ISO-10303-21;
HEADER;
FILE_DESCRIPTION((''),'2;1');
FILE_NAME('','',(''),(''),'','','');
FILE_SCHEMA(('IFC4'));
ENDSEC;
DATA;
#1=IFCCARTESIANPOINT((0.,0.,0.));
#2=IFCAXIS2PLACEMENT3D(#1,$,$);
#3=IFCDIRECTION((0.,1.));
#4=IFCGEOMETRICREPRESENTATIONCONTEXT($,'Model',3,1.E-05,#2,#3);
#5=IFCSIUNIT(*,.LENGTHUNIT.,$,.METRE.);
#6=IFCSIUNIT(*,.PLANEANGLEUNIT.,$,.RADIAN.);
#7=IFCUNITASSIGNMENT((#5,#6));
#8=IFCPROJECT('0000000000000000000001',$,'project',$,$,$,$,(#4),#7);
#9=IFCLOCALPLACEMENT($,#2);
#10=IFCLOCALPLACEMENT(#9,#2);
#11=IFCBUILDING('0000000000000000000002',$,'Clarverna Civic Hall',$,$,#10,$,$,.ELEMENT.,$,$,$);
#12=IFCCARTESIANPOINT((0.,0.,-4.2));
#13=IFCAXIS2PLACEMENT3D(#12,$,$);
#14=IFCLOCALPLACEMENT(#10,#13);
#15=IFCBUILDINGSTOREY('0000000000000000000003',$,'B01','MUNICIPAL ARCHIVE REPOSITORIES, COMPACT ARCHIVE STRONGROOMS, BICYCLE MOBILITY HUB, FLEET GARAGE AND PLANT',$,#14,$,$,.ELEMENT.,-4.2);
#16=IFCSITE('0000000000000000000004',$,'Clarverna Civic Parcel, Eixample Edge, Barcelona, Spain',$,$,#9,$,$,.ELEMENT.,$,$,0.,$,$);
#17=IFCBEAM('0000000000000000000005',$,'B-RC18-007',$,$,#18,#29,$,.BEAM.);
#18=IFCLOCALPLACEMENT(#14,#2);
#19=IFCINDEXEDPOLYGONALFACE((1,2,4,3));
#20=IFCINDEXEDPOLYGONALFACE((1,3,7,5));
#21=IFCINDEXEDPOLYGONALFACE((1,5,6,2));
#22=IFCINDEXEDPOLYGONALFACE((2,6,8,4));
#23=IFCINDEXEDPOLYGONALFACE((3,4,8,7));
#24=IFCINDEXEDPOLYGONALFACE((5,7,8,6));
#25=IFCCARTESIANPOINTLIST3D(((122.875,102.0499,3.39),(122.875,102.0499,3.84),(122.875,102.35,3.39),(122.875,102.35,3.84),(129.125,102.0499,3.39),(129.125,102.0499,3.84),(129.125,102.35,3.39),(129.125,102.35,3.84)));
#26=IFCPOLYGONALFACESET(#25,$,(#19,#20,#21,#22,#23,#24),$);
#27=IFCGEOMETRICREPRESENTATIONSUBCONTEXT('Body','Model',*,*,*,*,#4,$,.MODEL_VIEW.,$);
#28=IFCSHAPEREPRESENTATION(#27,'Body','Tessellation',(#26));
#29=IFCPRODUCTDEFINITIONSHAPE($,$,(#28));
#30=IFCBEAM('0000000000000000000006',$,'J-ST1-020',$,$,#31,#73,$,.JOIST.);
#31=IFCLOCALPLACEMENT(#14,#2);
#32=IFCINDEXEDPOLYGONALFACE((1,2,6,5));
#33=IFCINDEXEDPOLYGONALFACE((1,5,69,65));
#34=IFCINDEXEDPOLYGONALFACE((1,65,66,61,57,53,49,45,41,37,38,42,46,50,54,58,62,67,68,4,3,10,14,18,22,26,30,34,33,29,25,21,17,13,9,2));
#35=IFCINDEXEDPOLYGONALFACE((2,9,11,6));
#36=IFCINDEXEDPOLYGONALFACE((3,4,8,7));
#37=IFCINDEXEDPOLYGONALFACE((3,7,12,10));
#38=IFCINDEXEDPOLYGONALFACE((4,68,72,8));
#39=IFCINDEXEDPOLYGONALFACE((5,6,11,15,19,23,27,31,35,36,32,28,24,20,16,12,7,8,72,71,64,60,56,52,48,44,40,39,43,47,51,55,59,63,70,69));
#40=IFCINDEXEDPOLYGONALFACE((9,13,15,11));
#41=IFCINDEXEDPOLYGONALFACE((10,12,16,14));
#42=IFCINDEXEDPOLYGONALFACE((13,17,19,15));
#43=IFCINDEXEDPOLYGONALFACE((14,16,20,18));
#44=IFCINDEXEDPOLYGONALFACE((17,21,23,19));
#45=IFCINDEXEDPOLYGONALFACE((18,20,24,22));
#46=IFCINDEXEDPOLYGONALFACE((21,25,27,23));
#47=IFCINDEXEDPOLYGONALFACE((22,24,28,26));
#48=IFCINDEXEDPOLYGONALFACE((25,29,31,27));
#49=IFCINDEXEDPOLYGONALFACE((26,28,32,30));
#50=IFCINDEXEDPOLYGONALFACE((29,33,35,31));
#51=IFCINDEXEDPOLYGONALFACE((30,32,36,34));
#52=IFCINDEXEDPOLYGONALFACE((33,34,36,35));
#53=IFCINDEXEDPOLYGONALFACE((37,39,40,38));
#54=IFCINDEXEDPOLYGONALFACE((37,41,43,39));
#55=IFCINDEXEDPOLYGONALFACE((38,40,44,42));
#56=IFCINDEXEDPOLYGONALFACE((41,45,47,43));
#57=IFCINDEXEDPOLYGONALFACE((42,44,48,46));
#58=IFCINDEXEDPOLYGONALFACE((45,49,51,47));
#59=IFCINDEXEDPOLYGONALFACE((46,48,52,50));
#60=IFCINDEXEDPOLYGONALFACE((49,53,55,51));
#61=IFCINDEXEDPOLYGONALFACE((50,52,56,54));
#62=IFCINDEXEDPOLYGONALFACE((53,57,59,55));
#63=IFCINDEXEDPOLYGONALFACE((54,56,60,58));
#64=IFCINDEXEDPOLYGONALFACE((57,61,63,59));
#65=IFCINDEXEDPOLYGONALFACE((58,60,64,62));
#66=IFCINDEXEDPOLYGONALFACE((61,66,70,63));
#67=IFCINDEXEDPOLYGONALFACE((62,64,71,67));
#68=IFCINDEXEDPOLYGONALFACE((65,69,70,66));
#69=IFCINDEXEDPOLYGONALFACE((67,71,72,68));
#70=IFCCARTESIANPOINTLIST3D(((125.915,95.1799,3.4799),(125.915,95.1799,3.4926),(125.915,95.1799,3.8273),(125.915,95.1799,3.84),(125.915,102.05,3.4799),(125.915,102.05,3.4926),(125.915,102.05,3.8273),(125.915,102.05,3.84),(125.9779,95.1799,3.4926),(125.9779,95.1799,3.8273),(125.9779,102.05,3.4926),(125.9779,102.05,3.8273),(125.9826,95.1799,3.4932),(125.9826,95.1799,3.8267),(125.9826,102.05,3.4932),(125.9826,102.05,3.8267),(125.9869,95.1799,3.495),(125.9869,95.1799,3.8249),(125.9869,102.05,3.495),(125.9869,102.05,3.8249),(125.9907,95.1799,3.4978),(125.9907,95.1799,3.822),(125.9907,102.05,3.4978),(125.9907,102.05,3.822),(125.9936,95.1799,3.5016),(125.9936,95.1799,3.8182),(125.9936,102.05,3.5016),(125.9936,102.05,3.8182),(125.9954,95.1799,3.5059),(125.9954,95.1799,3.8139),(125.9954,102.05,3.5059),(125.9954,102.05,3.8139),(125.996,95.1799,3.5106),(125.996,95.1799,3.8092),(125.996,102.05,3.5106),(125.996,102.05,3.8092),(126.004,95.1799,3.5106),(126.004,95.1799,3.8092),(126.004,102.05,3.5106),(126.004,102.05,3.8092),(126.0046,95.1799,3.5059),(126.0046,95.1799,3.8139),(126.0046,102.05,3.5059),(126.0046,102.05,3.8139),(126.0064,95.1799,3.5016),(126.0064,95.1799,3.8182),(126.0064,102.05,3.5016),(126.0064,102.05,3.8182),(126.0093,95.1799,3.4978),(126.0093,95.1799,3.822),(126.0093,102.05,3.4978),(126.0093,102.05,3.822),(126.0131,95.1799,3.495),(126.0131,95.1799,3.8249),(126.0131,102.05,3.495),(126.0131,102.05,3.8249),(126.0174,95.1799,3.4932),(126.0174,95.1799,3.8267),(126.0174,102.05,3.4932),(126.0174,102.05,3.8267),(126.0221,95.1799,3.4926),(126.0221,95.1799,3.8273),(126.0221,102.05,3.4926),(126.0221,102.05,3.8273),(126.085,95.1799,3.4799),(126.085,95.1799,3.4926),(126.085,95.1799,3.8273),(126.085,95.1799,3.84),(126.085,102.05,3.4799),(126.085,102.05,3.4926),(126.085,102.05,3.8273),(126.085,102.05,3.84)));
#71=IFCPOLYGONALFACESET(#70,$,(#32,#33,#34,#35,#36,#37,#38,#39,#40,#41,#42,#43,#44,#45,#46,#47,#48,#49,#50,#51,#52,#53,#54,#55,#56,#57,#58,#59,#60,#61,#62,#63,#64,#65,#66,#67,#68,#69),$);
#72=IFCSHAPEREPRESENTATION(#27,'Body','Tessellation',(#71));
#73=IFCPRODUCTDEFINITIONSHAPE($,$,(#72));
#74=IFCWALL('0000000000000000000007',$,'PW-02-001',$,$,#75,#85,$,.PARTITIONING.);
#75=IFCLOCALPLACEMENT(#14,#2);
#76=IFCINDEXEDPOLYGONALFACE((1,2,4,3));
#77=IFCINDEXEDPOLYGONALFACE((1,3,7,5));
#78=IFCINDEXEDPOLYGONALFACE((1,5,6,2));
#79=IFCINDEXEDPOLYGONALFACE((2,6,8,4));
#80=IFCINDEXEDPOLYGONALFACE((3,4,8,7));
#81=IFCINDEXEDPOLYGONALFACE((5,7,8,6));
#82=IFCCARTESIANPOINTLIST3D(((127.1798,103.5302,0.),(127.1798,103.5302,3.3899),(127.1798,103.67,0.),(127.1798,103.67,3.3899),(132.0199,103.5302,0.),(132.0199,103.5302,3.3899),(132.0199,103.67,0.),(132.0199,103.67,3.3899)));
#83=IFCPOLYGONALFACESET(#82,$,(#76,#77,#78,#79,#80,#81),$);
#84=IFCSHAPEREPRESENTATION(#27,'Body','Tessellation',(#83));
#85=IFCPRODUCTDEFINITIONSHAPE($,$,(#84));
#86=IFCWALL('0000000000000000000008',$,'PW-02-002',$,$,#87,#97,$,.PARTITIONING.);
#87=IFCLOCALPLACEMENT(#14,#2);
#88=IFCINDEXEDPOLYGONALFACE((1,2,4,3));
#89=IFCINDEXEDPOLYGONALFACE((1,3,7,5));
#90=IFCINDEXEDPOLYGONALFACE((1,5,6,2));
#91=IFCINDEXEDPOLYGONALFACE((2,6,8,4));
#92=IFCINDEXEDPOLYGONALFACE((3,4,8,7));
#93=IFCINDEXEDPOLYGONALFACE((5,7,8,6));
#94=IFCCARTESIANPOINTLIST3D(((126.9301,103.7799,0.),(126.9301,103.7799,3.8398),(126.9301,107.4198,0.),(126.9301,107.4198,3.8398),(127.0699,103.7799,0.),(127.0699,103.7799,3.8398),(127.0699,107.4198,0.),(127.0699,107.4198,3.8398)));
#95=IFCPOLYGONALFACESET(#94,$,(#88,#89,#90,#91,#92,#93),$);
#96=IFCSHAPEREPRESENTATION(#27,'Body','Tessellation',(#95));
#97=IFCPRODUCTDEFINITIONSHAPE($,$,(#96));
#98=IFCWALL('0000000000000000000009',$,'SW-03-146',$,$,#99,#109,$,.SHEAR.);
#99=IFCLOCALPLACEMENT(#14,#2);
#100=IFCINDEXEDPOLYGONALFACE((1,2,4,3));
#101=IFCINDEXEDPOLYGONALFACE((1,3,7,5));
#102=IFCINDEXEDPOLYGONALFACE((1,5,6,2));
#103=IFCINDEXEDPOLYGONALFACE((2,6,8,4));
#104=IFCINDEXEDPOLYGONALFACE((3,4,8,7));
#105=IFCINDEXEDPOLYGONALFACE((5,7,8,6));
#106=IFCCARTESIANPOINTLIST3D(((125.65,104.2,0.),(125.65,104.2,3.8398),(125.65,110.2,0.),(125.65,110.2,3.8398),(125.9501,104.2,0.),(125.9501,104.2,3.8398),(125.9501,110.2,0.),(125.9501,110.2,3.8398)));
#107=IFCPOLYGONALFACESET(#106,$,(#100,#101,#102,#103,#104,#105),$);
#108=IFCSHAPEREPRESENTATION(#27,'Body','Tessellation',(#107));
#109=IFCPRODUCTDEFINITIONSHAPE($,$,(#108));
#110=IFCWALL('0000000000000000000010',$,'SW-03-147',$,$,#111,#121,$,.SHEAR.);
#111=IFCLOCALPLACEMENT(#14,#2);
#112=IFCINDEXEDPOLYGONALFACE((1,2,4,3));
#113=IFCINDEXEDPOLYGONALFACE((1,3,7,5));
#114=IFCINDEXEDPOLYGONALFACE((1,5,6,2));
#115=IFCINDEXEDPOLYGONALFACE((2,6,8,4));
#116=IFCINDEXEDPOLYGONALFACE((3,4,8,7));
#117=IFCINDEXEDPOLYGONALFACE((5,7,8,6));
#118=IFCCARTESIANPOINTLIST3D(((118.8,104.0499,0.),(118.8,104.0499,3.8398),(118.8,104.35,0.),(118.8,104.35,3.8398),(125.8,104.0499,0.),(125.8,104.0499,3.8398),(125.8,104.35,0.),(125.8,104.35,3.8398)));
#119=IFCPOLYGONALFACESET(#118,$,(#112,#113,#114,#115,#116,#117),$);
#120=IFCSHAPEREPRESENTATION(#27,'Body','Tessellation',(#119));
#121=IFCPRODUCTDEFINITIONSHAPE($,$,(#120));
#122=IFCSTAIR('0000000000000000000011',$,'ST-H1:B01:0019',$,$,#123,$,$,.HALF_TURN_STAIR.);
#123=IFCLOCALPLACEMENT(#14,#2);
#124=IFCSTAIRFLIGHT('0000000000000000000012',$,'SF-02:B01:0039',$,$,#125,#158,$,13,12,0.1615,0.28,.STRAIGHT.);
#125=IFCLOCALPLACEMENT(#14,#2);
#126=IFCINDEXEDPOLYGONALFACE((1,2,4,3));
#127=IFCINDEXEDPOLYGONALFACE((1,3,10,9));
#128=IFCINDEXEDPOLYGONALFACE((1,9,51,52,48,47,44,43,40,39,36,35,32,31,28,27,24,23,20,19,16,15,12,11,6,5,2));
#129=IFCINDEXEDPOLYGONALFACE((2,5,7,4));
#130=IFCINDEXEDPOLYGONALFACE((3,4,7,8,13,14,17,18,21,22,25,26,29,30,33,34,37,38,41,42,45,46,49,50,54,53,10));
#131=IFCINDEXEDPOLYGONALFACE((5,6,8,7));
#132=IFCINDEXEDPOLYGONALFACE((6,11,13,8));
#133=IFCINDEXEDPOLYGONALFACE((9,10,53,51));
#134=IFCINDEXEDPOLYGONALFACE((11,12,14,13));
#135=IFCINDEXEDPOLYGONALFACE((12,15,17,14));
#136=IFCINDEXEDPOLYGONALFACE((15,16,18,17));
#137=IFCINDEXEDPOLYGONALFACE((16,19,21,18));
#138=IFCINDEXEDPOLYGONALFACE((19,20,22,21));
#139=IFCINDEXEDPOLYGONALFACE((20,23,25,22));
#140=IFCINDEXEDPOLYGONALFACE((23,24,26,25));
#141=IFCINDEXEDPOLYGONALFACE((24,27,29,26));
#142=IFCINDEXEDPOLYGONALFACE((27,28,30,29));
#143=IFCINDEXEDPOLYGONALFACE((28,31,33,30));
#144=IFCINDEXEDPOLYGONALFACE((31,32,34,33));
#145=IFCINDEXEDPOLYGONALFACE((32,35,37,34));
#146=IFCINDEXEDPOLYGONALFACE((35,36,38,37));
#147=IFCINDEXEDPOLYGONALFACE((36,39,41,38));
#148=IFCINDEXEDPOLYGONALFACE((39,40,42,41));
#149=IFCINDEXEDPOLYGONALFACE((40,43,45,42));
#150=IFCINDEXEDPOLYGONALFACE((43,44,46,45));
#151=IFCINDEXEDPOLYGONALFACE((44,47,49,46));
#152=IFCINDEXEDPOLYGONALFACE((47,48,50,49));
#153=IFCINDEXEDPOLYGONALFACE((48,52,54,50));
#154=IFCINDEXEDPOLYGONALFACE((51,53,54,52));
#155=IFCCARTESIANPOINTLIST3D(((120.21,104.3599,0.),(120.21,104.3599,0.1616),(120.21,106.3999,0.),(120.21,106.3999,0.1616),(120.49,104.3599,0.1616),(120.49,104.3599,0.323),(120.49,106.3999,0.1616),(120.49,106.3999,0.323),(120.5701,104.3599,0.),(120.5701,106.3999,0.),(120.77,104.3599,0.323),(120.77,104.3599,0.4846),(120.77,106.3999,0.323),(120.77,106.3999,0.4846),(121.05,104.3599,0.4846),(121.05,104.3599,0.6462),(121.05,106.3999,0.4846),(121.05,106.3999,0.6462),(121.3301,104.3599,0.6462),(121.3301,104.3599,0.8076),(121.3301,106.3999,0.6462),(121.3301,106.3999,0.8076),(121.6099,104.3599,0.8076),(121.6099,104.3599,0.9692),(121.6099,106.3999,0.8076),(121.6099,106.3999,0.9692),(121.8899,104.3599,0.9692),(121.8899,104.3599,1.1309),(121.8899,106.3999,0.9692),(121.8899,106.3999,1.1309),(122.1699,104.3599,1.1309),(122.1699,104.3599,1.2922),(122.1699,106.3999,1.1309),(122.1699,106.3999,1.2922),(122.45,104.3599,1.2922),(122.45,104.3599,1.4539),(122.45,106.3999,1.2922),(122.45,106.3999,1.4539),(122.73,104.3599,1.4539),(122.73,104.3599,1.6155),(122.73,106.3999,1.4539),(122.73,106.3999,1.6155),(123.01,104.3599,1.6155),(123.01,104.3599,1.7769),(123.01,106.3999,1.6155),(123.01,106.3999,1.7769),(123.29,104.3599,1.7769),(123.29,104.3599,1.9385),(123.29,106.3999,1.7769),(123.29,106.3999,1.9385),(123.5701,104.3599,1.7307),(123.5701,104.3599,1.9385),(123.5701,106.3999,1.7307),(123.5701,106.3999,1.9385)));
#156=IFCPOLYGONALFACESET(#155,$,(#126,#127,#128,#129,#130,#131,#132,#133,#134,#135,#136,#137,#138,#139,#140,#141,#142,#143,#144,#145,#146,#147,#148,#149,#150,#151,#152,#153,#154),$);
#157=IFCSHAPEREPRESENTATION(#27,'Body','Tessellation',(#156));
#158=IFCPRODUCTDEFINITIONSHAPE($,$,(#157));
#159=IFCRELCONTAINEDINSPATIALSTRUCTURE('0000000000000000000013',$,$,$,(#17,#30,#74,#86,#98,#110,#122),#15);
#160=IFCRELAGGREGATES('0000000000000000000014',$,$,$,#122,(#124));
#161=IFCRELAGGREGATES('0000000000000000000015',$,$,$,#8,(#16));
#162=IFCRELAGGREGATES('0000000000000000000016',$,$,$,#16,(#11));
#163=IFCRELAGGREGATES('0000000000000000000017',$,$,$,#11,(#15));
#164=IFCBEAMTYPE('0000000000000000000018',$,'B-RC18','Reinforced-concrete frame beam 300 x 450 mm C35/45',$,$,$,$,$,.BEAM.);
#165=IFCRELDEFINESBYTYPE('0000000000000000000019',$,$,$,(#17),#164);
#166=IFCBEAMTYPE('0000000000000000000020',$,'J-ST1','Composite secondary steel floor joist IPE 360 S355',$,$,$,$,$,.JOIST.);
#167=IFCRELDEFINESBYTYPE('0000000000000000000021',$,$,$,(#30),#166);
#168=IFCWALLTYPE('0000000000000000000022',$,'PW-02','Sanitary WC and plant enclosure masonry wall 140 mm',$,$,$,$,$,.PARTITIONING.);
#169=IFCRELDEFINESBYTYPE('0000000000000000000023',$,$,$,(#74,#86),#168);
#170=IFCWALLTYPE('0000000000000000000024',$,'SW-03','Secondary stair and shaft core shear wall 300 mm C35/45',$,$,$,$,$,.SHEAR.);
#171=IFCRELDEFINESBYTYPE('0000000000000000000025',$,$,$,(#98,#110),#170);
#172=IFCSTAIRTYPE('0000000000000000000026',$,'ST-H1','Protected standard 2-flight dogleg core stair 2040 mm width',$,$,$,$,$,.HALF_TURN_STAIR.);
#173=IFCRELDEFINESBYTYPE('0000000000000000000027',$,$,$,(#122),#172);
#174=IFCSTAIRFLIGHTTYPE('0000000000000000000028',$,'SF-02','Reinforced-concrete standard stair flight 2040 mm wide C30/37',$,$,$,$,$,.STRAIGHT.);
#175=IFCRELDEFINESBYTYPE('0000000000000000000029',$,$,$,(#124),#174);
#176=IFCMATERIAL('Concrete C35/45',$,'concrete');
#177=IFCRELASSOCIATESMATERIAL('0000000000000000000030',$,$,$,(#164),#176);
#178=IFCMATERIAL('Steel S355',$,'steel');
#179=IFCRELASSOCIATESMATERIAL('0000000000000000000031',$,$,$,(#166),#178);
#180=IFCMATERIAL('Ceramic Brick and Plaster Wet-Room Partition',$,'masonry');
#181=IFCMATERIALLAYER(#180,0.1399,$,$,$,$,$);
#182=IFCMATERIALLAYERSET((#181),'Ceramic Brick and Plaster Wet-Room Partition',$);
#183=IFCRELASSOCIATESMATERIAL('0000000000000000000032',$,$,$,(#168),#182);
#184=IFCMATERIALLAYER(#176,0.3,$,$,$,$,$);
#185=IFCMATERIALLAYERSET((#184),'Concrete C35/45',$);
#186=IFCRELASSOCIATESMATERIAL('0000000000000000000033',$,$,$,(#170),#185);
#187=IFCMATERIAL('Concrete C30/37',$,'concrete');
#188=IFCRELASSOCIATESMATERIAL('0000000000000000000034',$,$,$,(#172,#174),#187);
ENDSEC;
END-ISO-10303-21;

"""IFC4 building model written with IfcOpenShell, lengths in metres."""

from ifc_helpers import new_model, si_unit, direction, frame, frame_2d, origin, origin_2d, place, context, subcontext, project, spatial, polyline, rectangle, i_section, outline, extrude, material, layer, layer_set, material_profile, profile_set, type_object, element, aggregate, save


model = new_model("IFC4")

# Units and contexts
model_context = context("Model", 3, precision=1e-05, world=origin(), true_north=direction((0.0, 1.0)))
body_context = subcontext(model_context, "Body", "Model", "MODEL_VIEW")
ifc_project = project(units=[si_unit("LENGTHUNIT", "METRE"), si_unit("PLANEANGLEUNIT", "RADIAN")], contexts=[model_context])

# Site, building, storey
site_placement = place(None, origin())
site = spatial("IfcSite", under=ifc_project, at=site_placement, Name="Clarverna Civic Parcel, Eixample Edge, Barcelona, Spain", CompositionType="ELEMENT", RefElevation=0.0)
building_placement = place(site_placement, origin())
building = spatial("IfcBuilding", under=site, at=building_placement, Name="Clarverna Civic Hall", CompositionType="ELEMENT")
storey_placement = place(building_placement, frame((0.0, 0.0, -4.2)))
storey = spatial("IfcBuildingStorey", under=building, at=storey_placement, Name="B01", Description="MUNICIPAL ARCHIVE REPOSITORIES, COMPACT ARCHIVE STRONGROOMS, BICYCLE MOBILITY HUB, FLEET GARAGE AND PLANT", CompositionType="ELEMENT", Elevation=-4.2)

# Shared definitions
ifc_material_1 = material(Name="Concrete C30/37", Category="concrete")

# Beams
ifc_material_2 = material(Name="Concrete C35/45", Category="concrete")
ifc_material_profile_1 = material_profile(ifc_material_2, rectangle(XDim=0.3, YDim=0.45, at=origin_2d()), Name="RC 300x450")
ifc_profile_set_1 = profile_set([ifc_material_profile_1], Name="Concrete C35/45")
beam_type_1 = type_object("IfcBeamType", Name="B-RC18", Description="Reinforced-concrete frame beam 300 x 450 mm C35/45", PredefinedType="BEAM", material=ifc_profile_set_1)
beam_1_placement = place(storey_placement, frame((122.875, 102.2, 3.615), z_axis=(1.0, 0.0, 0.0), x_axis=(0.0, 1.0, 0.0)))
element("IfcBeam", 1, at=beam_1_placement, inside=storey, type_object=beam_type_1, Name="B-RC18-007", PredefinedType="BEAM", context=body_context, shape_type="SweptSolid", body=[
    extrude(rectangle(XDim=0.3, YDim=0.45, at=origin_2d()), origin(), (0.0, 0.0, 1.0), 6.25),
])
ifc_material_3 = material(Name="Steel S355", Category="steel")
ifc_material_profile_2 = material_profile(ifc_material_3, i_section(OverallWidth=0.1699, OverallDepth=0.3601, WebThickness=0.0081, FlangeThickness=0.0127, FilletRadius=0.0181, at=origin_2d()), Name="IPE 360")
ifc_profile_set_2 = profile_set([ifc_material_profile_2], Name="Steel S355")
beam_type_2 = type_object("IfcBeamType", Name="J-ST1", Description="Composite secondary steel floor joist IPE 360 S355", PredefinedType="JOIST", material=ifc_profile_set_2)
beam_2_placement = place(storey_placement, frame((126.0, 95.1799, 3.6599), z_axis=(0.0, 1.0, 0.0), x_axis=(-1.0, 0.0, 0.0)))
element("IfcBeam", 2, at=beam_2_placement, inside=storey, type_object=beam_type_2, Name="J-ST1-020", PredefinedType="JOIST", context=body_context, shape_type="SweptSolid", body=[
    extrude(i_section(OverallWidth=0.1699, OverallDepth=0.3601, WebThickness=0.0081, FlangeThickness=0.0127, FilletRadius=0.0181, at=origin_2d()), origin(), (0.0, 0.0, 1.0), 6.8701),
])

# Walls
ifc_material_4 = material(Name="Ceramic Brick and Plaster Wet-Room Partition", Category="masonry")
ifc_layer_1 = layer(ifc_material_4, 0.1399)
ifc_layer_set_1 = layer_set([ifc_layer_1], Name="Ceramic Brick and Plaster Wet-Room Partition")
wall_type_1 = type_object("IfcWallType", Name="PW-02", Description="Sanitary WC and plant enclosure masonry wall 140 mm", PredefinedType="PARTITIONING", material=ifc_layer_set_1)
wall_1_placement = place(storey_placement, frame((127.1799, 103.6001, 0.0), z_axis=(0.0, 0.0, 1.0), x_axis=(1.0, 0.0, 0.0)))
element("IfcWall", 3, at=wall_1_placement, inside=storey, type_object=wall_type_1, Name="PW-02-001", PredefinedType="PARTITIONING", context=body_context, shape_type="SweptSolid", body=[
    extrude(rectangle(XDim=4.8401, YDim=0.1399, at=frame_2d((2.4199, 0.0))), origin(), (0.0, 0.0, 1.0), 3.3899),
])
wall_2_placement = place(storey_placement, frame((127.0, 103.78, 0.0), z_axis=(0.0, 0.0, 1.0), x_axis=(0.0, 1.0, 0.0)))
element("IfcWall", 4, at=wall_2_placement, inside=storey, type_object=wall_type_1, Name="PW-02-002", PredefinedType="PARTITIONING", context=body_context, shape_type="SweptSolid", body=[
    extrude(rectangle(XDim=3.6399, YDim=0.1399, at=frame_2d((1.8198, 0.0))), origin(), (0.0, 0.0, 1.0), 3.8398),
])

# Shared definitions
ifc_layer_2 = layer(ifc_material_2, 0.3)
ifc_layer_set_2 = layer_set([ifc_layer_2], Name="Concrete C35/45")
wall_type_2 = type_object("IfcWallType", Name="SW-03", Description="Secondary stair and shaft core shear wall 300 mm C35/45", PredefinedType="SHEAR", material=ifc_layer_set_2)

# Walls
wall_3_placement = place(storey_placement, frame((125.8, 104.2, 0.0), z_axis=(0.0, 0.0, 1.0), x_axis=(0.0, 1.0, 0.0)))
element("IfcWall", 5, at=wall_3_placement, inside=storey, type_object=wall_type_2, Name="SW-03-146", PredefinedType="SHEAR", context=body_context, shape_type="SweptSolid", body=[
    extrude(rectangle(XDim=6.0, YDim=0.3, at=frame_2d((3.0, 0.0))), origin(), (0.0, 0.0, 1.0), 3.8398),
])
wall_4_placement = place(storey_placement, frame((118.8, 104.2, 0.0), z_axis=(0.0, 0.0, 1.0), x_axis=(1.0, 0.0, 0.0)))
element("IfcWall", 6, at=wall_4_placement, inside=storey, type_object=wall_type_2, Name="SW-03-147", PredefinedType="SHEAR", context=body_context, shape_type="SweptSolid", body=[
    extrude(rectangle(XDim=7.0, YDim=0.3, at=frame_2d((3.5, 0.0))), origin(), (0.0, 0.0, 1.0), 3.8398),
])

# Stair, stair flight
stair_type = type_object("IfcStairType", Name="ST-H1", Description="Protected standard 2-flight dogleg core stair 2040 mm width", PredefinedType="HALF_TURN_STAIR", material=ifc_material_1)
stair_placement = place(storey_placement, origin())
stair = element("IfcStair", 7, at=stair_placement, inside=storey, type_object=stair_type, Name="ST-H1:B01:0019", PredefinedType="HALF_TURN_STAIR")
stair_flight_type = type_object("IfcStairFlightType", Name="SF-02", Description="Reinforced-concrete standard stair flight 2040 mm wide C30/37", PredefinedType="STRAIGHT", material=ifc_material_1)
stair_flight_placement = place(storey_placement, frame((120.21, 105.3799, 0.0), z_axis=(0.0, 0.0, 1.0), x_axis=(1.0, 0.0, 0.0)))
stair_flight = element("IfcStairFlight", 8, at=stair_flight_placement, type_object=stair_flight_type, Name="SF-02:B01:0039", NumberOfRisers=13, NumberOfTreads=12, PredefinedType="STRAIGHT", RiserHeight=0.1615, TreadLength=0.28, context=body_context, shape_type="SweptSolid", body=[
    extrude(outline(polyline([(0.0, 0.0), (0.0, 0.1616), (0.28, 0.1616), (0.28, 0.323), (0.5601, 0.323), (0.5601, 0.4846), (0.8401, 0.4846), (0.8401, 0.6462), (1.1201, 0.6462), (1.1201, 0.8076), (1.3999, 0.8076), (1.3999, 0.9692), (1.6799, 0.9692), (1.6799, 1.1309), (1.96, 1.1309), (1.96, 1.2922), (2.24, 1.2922), (2.24, 1.4539), (2.52, 1.4539), (2.52, 1.6155), (2.8, 1.6155), (2.8, 1.7769), (3.0801, 1.7769), (3.0801, 1.9385), (3.3601, 1.9385), (3.3601, 2.1001), (3.3601, 1.7307), (0.3601, 0.0), (0.0, 0.0)])), frame((0.0, 1.02, 0.0), z_axis=(0.0, -1.0, 0.0), x_axis=(1.0, 0.0, 0.0)), (0.0, 0.0, 1.0), 2.04),
])
aggregate(stair, [stair_flight])

save(model, "model.ifc")
